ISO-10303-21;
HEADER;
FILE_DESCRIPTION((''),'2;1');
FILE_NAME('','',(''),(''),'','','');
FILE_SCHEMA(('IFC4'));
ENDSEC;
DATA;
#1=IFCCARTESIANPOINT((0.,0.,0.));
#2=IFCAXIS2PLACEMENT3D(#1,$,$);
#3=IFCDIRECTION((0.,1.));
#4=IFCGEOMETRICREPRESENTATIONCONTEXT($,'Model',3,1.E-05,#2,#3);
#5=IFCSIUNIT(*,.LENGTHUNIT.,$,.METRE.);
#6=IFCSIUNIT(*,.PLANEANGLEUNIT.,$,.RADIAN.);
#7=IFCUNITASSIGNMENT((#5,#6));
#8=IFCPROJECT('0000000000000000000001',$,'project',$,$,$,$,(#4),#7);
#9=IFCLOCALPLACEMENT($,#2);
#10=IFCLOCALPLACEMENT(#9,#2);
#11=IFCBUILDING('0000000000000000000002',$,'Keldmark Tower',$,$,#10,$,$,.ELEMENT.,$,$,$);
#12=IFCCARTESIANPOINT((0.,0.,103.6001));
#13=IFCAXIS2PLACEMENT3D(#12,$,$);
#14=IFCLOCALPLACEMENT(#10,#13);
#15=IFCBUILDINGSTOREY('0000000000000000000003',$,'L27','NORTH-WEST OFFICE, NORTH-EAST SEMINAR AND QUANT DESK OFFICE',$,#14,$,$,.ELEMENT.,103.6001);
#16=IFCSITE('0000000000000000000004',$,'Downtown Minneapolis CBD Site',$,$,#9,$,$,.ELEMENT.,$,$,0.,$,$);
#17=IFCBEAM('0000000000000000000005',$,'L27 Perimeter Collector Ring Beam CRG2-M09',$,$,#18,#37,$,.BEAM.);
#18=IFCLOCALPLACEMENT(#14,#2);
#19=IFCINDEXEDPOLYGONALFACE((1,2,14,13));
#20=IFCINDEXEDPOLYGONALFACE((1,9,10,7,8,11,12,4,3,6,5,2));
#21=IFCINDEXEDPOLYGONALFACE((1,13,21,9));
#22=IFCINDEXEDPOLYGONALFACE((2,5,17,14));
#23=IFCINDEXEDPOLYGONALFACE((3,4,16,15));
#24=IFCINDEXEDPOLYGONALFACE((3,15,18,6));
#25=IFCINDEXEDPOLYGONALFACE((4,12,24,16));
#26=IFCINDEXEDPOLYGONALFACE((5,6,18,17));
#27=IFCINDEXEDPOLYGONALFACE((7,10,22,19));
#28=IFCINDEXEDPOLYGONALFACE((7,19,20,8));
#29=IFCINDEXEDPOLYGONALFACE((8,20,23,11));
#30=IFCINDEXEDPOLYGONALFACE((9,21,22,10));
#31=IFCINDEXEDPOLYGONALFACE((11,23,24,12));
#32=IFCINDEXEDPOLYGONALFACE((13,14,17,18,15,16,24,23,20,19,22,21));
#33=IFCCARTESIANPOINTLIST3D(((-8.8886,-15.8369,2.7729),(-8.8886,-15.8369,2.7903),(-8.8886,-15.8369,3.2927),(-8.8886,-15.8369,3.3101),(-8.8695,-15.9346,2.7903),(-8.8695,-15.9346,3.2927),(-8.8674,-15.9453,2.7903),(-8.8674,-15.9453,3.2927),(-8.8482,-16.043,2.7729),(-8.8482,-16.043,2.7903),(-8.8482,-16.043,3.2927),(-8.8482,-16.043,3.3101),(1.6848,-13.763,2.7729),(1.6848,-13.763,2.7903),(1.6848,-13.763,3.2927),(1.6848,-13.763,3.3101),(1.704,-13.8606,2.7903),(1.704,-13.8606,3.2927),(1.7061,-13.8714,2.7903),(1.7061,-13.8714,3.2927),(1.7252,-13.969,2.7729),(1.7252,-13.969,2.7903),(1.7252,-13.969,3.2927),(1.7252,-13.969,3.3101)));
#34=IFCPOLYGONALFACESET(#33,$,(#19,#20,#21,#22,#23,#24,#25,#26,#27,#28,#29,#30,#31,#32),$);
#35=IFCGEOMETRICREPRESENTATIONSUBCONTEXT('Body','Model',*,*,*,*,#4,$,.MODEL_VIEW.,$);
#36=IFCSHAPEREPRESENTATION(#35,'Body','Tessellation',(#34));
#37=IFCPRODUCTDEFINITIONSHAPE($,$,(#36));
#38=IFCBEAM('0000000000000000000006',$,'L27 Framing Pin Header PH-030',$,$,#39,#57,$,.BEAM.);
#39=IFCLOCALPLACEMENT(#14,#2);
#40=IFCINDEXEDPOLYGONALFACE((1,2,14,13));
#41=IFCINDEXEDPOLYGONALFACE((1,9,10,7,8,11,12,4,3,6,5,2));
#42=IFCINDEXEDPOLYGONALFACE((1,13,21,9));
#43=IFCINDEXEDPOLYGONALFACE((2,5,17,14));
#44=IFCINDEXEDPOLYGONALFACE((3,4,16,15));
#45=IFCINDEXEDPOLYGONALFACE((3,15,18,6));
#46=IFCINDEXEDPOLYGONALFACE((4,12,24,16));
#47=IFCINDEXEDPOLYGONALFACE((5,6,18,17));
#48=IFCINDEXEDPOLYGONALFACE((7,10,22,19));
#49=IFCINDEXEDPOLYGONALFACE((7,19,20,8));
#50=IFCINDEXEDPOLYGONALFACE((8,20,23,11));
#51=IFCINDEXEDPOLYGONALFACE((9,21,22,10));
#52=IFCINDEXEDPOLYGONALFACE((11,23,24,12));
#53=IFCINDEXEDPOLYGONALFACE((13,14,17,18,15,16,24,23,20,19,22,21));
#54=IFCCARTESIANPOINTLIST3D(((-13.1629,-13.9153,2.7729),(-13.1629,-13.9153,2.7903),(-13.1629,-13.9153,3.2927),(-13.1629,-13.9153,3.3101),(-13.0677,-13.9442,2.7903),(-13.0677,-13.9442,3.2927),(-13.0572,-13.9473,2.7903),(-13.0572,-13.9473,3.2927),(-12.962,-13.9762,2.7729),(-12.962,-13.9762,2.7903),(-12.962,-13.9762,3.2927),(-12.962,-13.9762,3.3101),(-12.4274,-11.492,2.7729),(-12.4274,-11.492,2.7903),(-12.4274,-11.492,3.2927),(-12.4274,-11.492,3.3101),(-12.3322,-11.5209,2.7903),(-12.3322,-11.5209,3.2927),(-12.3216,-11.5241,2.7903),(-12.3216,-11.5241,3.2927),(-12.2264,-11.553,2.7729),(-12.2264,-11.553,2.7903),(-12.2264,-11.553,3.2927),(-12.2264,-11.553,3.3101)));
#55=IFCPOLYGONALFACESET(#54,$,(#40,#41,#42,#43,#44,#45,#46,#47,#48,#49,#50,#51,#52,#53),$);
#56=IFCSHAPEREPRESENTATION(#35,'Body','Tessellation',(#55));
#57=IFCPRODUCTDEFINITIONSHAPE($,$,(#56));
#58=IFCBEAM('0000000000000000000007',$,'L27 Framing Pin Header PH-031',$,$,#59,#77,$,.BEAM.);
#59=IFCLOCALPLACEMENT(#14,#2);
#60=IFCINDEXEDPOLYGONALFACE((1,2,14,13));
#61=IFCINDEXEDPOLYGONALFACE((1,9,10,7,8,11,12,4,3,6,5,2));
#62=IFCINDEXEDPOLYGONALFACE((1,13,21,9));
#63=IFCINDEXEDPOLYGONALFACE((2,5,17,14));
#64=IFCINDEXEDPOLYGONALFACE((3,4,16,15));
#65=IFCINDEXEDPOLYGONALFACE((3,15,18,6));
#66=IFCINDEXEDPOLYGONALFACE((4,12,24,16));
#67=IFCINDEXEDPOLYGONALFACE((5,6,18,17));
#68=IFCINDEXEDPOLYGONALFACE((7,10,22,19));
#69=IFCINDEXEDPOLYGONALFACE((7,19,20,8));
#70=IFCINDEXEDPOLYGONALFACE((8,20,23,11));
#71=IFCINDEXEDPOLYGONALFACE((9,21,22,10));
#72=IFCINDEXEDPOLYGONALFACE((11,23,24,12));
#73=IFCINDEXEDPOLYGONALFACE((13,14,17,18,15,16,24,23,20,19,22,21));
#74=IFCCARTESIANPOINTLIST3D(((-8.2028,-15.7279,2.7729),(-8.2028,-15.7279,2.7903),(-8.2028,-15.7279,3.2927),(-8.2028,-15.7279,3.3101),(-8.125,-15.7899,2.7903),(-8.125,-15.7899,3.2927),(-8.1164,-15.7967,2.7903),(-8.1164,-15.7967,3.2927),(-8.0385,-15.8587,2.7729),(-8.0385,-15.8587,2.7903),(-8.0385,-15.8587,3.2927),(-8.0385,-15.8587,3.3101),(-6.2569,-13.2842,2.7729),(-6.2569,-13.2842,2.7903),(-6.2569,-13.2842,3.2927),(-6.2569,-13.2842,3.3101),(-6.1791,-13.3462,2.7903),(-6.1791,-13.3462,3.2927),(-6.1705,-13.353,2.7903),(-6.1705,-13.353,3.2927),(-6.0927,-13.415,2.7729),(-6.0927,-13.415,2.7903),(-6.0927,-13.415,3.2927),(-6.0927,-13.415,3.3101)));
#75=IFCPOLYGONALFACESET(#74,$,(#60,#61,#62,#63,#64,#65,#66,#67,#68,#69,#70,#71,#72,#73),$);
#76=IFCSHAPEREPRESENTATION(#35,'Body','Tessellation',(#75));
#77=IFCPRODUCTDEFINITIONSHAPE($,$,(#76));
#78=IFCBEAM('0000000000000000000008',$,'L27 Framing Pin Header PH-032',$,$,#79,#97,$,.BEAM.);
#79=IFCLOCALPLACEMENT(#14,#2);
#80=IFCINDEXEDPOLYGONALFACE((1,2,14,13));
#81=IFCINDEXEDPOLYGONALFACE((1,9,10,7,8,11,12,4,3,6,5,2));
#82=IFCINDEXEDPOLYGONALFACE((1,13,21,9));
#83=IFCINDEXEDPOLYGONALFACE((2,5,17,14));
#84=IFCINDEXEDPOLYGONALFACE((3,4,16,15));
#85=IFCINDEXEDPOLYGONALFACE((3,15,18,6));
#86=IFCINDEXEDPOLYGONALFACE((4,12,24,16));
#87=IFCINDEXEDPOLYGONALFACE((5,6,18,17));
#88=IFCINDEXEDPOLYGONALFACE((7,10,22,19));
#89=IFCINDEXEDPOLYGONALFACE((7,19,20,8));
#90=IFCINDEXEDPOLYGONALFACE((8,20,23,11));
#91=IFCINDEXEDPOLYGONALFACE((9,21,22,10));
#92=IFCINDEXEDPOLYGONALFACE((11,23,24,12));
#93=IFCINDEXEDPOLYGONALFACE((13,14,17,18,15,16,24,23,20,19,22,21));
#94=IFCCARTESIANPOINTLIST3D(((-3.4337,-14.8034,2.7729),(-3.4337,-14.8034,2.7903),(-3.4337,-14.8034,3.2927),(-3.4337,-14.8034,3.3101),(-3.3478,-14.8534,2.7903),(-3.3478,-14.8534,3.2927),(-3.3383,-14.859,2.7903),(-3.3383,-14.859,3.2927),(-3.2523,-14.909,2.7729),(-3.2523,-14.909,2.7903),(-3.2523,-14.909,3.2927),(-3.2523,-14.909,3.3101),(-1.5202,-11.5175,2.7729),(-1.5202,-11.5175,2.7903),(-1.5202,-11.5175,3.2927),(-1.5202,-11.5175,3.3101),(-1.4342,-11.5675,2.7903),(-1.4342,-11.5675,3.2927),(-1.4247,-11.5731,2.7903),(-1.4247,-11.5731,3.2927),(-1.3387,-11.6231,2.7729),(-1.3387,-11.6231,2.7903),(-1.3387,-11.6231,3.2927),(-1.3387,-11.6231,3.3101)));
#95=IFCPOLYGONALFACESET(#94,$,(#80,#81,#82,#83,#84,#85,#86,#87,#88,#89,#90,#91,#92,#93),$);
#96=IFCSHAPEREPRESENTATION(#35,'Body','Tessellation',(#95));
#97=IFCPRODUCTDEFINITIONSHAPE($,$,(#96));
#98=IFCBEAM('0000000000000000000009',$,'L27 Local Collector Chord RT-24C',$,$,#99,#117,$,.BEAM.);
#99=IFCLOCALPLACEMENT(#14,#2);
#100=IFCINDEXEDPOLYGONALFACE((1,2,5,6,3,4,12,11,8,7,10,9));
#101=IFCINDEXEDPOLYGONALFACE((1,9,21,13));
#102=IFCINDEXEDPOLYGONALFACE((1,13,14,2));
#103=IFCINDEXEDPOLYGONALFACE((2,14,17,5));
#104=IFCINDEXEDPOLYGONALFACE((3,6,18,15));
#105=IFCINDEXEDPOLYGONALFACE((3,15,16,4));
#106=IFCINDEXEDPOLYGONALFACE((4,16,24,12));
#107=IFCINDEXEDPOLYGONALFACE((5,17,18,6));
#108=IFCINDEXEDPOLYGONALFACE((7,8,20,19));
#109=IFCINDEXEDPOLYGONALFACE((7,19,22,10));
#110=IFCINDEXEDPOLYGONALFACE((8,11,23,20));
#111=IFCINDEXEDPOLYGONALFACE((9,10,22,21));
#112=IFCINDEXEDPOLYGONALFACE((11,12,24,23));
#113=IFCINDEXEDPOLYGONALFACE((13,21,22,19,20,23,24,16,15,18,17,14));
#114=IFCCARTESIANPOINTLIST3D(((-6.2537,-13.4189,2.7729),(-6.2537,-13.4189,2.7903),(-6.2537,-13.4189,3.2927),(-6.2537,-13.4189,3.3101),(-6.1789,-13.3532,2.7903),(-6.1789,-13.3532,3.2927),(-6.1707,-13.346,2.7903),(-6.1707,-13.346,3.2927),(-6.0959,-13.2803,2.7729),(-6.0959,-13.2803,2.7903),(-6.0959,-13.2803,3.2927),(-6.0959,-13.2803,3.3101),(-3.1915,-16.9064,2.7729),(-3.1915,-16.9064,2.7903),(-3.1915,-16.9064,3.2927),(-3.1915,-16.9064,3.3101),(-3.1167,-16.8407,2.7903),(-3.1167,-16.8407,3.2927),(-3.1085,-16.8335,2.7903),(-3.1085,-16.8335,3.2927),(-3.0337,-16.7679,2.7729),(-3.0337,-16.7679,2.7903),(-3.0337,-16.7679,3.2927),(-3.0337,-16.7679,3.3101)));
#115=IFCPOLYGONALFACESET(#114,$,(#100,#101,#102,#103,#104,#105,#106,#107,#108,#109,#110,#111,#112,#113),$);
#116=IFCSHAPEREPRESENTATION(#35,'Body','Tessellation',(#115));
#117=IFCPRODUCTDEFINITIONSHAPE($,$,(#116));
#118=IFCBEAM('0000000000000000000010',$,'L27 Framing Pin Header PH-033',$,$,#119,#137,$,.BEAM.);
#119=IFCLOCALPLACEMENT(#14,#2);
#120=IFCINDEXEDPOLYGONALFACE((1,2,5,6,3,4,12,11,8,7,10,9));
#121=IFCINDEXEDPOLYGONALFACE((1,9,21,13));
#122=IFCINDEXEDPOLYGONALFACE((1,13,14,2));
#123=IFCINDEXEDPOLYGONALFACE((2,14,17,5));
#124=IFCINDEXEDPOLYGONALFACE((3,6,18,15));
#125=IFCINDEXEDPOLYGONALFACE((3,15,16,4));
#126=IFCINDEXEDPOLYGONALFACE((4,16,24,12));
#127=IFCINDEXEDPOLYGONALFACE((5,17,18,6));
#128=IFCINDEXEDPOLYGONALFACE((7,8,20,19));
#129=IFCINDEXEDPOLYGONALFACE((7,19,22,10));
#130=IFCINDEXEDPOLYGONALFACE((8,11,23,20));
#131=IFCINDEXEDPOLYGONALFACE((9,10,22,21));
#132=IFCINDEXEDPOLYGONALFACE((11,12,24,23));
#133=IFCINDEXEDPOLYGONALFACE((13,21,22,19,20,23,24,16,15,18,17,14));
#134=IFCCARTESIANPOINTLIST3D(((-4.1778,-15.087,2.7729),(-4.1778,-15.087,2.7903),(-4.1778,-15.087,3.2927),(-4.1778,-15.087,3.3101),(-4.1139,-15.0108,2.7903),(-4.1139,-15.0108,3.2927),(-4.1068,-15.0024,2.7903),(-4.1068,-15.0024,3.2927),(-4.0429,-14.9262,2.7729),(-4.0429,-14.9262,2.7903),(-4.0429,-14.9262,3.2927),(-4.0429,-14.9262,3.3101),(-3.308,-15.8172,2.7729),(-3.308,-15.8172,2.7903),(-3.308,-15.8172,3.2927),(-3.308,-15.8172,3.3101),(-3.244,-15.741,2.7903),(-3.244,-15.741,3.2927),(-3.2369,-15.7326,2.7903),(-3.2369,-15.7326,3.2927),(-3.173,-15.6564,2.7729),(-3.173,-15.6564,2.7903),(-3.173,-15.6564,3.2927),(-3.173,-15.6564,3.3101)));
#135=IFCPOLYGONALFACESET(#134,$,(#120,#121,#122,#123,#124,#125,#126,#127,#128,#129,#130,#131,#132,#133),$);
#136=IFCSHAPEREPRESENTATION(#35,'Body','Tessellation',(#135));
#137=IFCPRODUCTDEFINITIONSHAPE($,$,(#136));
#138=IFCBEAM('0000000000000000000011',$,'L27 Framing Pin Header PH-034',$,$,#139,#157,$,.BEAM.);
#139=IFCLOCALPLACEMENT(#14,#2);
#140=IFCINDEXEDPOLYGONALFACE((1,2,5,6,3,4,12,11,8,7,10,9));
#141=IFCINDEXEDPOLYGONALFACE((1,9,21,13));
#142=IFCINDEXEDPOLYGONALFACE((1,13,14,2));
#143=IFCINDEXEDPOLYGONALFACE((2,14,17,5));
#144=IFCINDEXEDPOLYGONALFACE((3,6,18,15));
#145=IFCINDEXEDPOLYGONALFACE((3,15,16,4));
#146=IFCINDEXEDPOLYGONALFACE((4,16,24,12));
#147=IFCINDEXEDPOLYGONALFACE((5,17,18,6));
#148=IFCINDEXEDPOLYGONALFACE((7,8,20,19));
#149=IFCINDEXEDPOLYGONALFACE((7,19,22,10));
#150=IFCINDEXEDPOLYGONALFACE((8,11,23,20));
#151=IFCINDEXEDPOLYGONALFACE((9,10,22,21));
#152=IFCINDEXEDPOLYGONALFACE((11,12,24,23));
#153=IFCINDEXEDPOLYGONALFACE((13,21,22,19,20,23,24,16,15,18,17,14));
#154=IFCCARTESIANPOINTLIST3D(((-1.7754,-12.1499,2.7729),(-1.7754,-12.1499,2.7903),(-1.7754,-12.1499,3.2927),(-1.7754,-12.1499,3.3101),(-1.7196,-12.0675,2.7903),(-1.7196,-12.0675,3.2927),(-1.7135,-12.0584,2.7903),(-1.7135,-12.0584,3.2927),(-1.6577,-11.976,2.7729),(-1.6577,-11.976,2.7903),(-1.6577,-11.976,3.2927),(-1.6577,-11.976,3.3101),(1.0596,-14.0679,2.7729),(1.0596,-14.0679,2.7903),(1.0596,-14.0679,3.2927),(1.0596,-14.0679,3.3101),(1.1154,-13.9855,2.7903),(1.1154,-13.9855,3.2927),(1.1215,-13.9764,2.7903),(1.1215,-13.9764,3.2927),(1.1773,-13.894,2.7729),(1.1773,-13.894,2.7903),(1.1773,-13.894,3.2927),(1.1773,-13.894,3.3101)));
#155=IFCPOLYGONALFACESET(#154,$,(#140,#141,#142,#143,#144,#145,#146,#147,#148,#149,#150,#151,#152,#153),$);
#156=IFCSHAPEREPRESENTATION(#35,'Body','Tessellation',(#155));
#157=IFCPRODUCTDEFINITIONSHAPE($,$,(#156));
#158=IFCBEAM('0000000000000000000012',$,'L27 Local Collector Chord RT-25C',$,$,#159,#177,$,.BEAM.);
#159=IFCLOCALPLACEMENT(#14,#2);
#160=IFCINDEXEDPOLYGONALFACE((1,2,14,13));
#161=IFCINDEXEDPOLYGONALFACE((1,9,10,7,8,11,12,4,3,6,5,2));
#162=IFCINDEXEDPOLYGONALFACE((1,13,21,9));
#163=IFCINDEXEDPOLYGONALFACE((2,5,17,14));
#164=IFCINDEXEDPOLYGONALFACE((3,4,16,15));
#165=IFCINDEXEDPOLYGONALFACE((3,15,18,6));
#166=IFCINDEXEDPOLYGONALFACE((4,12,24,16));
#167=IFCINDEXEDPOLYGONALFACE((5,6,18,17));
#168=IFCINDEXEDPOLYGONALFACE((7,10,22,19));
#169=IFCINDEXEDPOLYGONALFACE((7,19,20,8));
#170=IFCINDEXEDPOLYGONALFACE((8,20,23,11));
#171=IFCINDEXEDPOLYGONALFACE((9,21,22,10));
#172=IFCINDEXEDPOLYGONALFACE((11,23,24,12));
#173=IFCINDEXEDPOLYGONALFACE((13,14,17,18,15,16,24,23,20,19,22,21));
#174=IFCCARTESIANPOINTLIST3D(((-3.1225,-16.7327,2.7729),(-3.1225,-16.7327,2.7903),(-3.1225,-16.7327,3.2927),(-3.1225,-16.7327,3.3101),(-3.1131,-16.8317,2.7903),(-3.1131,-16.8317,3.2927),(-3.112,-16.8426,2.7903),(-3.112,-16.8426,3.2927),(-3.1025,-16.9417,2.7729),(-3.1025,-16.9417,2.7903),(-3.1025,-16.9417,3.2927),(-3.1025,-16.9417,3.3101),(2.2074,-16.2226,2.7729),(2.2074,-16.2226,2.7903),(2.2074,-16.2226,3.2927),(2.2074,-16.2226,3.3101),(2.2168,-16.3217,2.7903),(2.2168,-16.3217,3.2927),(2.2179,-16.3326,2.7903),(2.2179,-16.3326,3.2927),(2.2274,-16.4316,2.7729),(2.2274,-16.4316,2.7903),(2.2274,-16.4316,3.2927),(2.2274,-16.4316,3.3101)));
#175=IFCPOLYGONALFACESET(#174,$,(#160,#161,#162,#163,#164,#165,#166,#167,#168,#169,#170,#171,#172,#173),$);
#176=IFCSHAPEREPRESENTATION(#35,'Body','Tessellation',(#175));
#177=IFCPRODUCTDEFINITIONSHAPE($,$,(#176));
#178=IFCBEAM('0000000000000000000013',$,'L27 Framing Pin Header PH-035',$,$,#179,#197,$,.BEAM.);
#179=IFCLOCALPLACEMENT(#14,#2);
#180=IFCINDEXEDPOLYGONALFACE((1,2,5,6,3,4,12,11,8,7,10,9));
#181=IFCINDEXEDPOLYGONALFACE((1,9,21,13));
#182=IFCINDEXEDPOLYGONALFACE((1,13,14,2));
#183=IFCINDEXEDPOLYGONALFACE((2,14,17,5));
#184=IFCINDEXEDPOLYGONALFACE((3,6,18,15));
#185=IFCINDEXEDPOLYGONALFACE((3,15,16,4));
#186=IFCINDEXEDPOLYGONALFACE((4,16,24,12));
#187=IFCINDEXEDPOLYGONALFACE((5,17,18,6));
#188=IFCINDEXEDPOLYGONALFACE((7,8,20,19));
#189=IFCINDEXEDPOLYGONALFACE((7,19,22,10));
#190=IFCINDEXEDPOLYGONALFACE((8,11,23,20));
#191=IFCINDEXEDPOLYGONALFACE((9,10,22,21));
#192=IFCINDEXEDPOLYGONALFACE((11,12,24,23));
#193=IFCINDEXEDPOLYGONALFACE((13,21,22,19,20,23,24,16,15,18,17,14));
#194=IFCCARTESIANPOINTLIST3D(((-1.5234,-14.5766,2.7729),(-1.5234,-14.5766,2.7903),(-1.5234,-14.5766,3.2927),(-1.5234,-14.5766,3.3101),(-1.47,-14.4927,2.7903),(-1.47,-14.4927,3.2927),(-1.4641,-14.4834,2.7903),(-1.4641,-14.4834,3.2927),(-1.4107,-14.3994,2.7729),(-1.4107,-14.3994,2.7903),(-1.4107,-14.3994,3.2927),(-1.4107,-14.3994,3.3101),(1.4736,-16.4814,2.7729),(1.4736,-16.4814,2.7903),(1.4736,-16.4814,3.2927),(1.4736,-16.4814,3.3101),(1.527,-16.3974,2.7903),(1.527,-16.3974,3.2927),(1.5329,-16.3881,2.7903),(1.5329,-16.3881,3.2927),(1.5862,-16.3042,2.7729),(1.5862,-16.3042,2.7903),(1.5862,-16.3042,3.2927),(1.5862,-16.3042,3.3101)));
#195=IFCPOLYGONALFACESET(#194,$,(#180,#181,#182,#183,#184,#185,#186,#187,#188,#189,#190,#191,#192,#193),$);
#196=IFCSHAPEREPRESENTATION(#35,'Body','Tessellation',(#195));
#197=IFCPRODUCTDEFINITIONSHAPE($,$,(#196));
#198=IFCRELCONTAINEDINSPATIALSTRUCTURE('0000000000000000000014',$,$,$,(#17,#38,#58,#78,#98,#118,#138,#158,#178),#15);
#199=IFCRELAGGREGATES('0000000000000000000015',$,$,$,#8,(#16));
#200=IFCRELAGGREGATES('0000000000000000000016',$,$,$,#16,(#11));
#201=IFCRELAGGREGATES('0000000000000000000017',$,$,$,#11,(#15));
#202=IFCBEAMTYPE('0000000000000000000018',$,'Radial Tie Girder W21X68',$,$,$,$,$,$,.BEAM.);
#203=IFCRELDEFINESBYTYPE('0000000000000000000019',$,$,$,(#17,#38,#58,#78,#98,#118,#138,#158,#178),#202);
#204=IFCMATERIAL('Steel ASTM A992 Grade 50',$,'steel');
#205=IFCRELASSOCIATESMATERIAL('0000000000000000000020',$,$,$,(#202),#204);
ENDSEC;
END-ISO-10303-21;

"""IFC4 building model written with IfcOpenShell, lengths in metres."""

from ifc_helpers import new_model, si_unit, direction, frame, origin, origin_2d, place, context, subcontext, project, spatial, i_section, extrude, material, material_profile, profile_set, type_object, element, save


model = new_model("IFC4")

# Units and contexts
model_context = context("Model", 3, precision=1e-05, world=origin(), true_north=direction((0.0, 1.0)))
body_context = subcontext(model_context, "Body", "Model", "MODEL_VIEW")
ifc_project = project(units=[si_unit("LENGTHUNIT", "METRE"), si_unit("PLANEANGLEUNIT", "RADIAN")], contexts=[model_context])

# Site, building, storey
site_placement = place(None, origin())
site = spatial("IfcSite", under=ifc_project, at=site_placement, Name="Downtown Minneapolis CBD Site", CompositionType="ELEMENT", RefElevation=0.0)
building_placement = place(site_placement, origin())
building = spatial("IfcBuilding", under=site, at=building_placement, Name="Keldmark Tower", CompositionType="ELEMENT")
storey_placement = place(building_placement, frame((0.0, 0.0, 103.6001)))
storey = spatial("IfcBuildingStorey", under=building, at=storey_placement, Name="L27", Description="NORTH-WEST OFFICE, NORTH-EAST SEMINAR AND QUANT DESK OFFICE", CompositionType="ELEMENT", Elevation=103.6001)

# Beams
ifc_material_1 = material(Name="Steel ASTM A992 Grade 50", Category="steel")
ifc_material_profile_1 = material_profile(ifc_material_1, i_section(OverallWidth=0.21, OverallDepth=0.5371, WebThickness=0.011, FlangeThickness=0.0173, at=origin_2d()), Name="W21X68")
ifc_profile_set_1 = profile_set([ifc_material_profile_1], Name="Steel ASTM A992 Grade 50")
beam_type_1 = type_object("IfcBeamType", Name="Radial Tie Girder W21X68", PredefinedType="BEAM", material=ifc_profile_set_1)
beam_1_placement = place(storey_placement, frame((-8.8684, -15.9399, 3.0415), z_axis=(0.981301, 0.192481, 0.0), x_axis=(-0.192481, 0.981301, 0.0)))
element("IfcBeam", 1, at=beam_1_placement, inside=storey, type_object=beam_type_1, Name="L27 Perimeter Collector Ring Beam CRG2-M09", PredefinedType="BEAM", context=body_context, shape_type="SweptSolid", body=[
    extrude(i_section(OverallWidth=0.21, OverallDepth=0.5371, WebThickness=0.011, FlangeThickness=0.0173, at=origin_2d()), origin(), (0.0, 0.0, 1.0), 10.7749),
])
beam_2_placement = place(storey_placement, frame((-12.3269, -11.5225, 3.0415), z_axis=(-0.29046, -0.956887, 0.0), x_axis=(0.956887, -0.29046, 0.0)))
element("IfcBeam", 2, at=beam_2_placement, inside=storey, type_object=beam_type_1, Name="L27 Framing Pin Header PH-030", PredefinedType="BEAM", context=body_context, shape_type="SweptSolid", body=[
    extrude(i_section(OverallWidth=0.21, OverallDepth=0.5371, WebThickness=0.011, FlangeThickness=0.0173, at=origin_2d()), origin(), (0.0, 0.0, 1.0), 2.5325),
])
beam_3_placement = place(storey_placement, frame((-6.1748, -13.3496, 3.0415), z_axis=(-0.622921, -0.782285, 0.0), x_axis=(0.782285, -0.622921, 0.0)))
element("IfcBeam", 3, at=beam_3_placement, inside=storey, type_object=beam_type_1, Name="L27 Framing Pin Header PH-031", PredefinedType="BEAM", context=body_context, shape_type="SweptSolid", body=[
    extrude(i_section(OverallWidth=0.21, OverallDepth=0.5371, WebThickness=0.011, FlangeThickness=0.0173, at=origin_2d()), origin(), (0.0, 0.0, 1.0), 3.1238),
])
beam_4_placement = place(storey_placement, frame((-1.4294, -11.5703, 3.0415), z_axis=(-0.503244, -0.864144, 0.0), x_axis=(0.864144, -0.503244, 0.0)))
element("IfcBeam", 4, at=beam_4_placement, inside=storey, type_object=beam_type_1, Name="L27 Framing Pin Header PH-032", PredefinedType="BEAM", context=body_context, shape_type="SweptSolid", body=[
    extrude(i_section(OverallWidth=0.21, OverallDepth=0.5371, WebThickness=0.011, FlangeThickness=0.0173, at=origin_2d()), origin(), (0.0, 0.0, 1.0), 3.8025),
])
beam_5_placement = place(storey_placement, frame((-6.1748, -13.3496, 3.0415), z_axis=(0.659803, -0.751438, 0.0), x_axis=(0.751438, 0.659803, 0.0)))
element("IfcBeam", 5, at=beam_5_placement, inside=storey, type_object=beam_type_1, Name="L27 Local Collector Chord RT-24C", PredefinedType="BEAM", context=body_context, shape_type="SweptSolid", body=[
    extrude(i_section(OverallWidth=0.21, OverallDepth=0.5371, WebThickness=0.011, FlangeThickness=0.0173, at=origin_2d()), origin(), (0.0, 0.0, 1.0), 4.6411),
])
beam_6_placement = place(storey_placement, frame((-4.1104, -15.0066, 3.0415), z_axis=(0.765908, -0.64295, 0.0), x_axis=(0.64295, 0.765908, 0.0)))
element("IfcBeam", 6, at=beam_6_placement, inside=storey, type_object=beam_type_1, Name="L27 Framing Pin Header PH-033", PredefinedType="BEAM", context=body_context, shape_type="SweptSolid", body=[
    extrude(i_section(OverallWidth=0.21, OverallDepth=0.5371, WebThickness=0.011, FlangeThickness=0.0173, at=origin_2d()), origin(), (0.0, 0.0, 1.0), 1.1357),
])
beam_7_placement = place(storey_placement, frame((-1.7166, -12.063, 3.0415), z_axis=(0.828256, -0.56035, 0.0), x_axis=(0.56035, 0.828256, 0.0)))
element("IfcBeam", 7, at=beam_7_placement, inside=storey, type_object=beam_type_1, Name="L27 Framing Pin Header PH-034", PredefinedType="BEAM", context=body_context, shape_type="SweptSolid", body=[
    extrude(i_section(OverallWidth=0.21, OverallDepth=0.5371, WebThickness=0.011, FlangeThickness=0.0173, at=origin_2d()), origin(), (0.0, 0.0, 1.0), 3.4229),
])
beam_8_placement = place(storey_placement, frame((-3.1125, -16.8372, 3.0415), z_axis=(0.995453, 0.095255, 0.0), x_axis=(-0.095255, 0.995453, 0.0)))
element("IfcBeam", 8, at=beam_8_placement, inside=storey, type_object=beam_type_1, Name="L27 Local Collector Chord RT-25C", PredefinedType="BEAM", context=body_context, shape_type="SweptSolid", body=[
    extrude(i_section(OverallWidth=0.21, OverallDepth=0.5371, WebThickness=0.011, FlangeThickness=0.0173, at=origin_2d()), origin(), (0.0, 0.0, 1.0), 5.3542),
])
beam_9_placement = place(storey_placement, frame((-1.467, -14.488, 3.0415), z_axis=(0.843973, -0.536386, 0.0), x_axis=(0.536386, 0.843973, 0.0)))
element("IfcBeam", 9, at=beam_9_placement, inside=storey, type_object=beam_type_1, Name="L27 Framing Pin Header PH-035", PredefinedType="BEAM", context=body_context, shape_type="SweptSolid", body=[
    extrude(i_section(OverallWidth=0.21, OverallDepth=0.5371, WebThickness=0.011, FlangeThickness=0.0173, at=origin_2d()), origin(), (0.0, 0.0, 1.0), 3.551),
])

save(model, "model.ifc")
